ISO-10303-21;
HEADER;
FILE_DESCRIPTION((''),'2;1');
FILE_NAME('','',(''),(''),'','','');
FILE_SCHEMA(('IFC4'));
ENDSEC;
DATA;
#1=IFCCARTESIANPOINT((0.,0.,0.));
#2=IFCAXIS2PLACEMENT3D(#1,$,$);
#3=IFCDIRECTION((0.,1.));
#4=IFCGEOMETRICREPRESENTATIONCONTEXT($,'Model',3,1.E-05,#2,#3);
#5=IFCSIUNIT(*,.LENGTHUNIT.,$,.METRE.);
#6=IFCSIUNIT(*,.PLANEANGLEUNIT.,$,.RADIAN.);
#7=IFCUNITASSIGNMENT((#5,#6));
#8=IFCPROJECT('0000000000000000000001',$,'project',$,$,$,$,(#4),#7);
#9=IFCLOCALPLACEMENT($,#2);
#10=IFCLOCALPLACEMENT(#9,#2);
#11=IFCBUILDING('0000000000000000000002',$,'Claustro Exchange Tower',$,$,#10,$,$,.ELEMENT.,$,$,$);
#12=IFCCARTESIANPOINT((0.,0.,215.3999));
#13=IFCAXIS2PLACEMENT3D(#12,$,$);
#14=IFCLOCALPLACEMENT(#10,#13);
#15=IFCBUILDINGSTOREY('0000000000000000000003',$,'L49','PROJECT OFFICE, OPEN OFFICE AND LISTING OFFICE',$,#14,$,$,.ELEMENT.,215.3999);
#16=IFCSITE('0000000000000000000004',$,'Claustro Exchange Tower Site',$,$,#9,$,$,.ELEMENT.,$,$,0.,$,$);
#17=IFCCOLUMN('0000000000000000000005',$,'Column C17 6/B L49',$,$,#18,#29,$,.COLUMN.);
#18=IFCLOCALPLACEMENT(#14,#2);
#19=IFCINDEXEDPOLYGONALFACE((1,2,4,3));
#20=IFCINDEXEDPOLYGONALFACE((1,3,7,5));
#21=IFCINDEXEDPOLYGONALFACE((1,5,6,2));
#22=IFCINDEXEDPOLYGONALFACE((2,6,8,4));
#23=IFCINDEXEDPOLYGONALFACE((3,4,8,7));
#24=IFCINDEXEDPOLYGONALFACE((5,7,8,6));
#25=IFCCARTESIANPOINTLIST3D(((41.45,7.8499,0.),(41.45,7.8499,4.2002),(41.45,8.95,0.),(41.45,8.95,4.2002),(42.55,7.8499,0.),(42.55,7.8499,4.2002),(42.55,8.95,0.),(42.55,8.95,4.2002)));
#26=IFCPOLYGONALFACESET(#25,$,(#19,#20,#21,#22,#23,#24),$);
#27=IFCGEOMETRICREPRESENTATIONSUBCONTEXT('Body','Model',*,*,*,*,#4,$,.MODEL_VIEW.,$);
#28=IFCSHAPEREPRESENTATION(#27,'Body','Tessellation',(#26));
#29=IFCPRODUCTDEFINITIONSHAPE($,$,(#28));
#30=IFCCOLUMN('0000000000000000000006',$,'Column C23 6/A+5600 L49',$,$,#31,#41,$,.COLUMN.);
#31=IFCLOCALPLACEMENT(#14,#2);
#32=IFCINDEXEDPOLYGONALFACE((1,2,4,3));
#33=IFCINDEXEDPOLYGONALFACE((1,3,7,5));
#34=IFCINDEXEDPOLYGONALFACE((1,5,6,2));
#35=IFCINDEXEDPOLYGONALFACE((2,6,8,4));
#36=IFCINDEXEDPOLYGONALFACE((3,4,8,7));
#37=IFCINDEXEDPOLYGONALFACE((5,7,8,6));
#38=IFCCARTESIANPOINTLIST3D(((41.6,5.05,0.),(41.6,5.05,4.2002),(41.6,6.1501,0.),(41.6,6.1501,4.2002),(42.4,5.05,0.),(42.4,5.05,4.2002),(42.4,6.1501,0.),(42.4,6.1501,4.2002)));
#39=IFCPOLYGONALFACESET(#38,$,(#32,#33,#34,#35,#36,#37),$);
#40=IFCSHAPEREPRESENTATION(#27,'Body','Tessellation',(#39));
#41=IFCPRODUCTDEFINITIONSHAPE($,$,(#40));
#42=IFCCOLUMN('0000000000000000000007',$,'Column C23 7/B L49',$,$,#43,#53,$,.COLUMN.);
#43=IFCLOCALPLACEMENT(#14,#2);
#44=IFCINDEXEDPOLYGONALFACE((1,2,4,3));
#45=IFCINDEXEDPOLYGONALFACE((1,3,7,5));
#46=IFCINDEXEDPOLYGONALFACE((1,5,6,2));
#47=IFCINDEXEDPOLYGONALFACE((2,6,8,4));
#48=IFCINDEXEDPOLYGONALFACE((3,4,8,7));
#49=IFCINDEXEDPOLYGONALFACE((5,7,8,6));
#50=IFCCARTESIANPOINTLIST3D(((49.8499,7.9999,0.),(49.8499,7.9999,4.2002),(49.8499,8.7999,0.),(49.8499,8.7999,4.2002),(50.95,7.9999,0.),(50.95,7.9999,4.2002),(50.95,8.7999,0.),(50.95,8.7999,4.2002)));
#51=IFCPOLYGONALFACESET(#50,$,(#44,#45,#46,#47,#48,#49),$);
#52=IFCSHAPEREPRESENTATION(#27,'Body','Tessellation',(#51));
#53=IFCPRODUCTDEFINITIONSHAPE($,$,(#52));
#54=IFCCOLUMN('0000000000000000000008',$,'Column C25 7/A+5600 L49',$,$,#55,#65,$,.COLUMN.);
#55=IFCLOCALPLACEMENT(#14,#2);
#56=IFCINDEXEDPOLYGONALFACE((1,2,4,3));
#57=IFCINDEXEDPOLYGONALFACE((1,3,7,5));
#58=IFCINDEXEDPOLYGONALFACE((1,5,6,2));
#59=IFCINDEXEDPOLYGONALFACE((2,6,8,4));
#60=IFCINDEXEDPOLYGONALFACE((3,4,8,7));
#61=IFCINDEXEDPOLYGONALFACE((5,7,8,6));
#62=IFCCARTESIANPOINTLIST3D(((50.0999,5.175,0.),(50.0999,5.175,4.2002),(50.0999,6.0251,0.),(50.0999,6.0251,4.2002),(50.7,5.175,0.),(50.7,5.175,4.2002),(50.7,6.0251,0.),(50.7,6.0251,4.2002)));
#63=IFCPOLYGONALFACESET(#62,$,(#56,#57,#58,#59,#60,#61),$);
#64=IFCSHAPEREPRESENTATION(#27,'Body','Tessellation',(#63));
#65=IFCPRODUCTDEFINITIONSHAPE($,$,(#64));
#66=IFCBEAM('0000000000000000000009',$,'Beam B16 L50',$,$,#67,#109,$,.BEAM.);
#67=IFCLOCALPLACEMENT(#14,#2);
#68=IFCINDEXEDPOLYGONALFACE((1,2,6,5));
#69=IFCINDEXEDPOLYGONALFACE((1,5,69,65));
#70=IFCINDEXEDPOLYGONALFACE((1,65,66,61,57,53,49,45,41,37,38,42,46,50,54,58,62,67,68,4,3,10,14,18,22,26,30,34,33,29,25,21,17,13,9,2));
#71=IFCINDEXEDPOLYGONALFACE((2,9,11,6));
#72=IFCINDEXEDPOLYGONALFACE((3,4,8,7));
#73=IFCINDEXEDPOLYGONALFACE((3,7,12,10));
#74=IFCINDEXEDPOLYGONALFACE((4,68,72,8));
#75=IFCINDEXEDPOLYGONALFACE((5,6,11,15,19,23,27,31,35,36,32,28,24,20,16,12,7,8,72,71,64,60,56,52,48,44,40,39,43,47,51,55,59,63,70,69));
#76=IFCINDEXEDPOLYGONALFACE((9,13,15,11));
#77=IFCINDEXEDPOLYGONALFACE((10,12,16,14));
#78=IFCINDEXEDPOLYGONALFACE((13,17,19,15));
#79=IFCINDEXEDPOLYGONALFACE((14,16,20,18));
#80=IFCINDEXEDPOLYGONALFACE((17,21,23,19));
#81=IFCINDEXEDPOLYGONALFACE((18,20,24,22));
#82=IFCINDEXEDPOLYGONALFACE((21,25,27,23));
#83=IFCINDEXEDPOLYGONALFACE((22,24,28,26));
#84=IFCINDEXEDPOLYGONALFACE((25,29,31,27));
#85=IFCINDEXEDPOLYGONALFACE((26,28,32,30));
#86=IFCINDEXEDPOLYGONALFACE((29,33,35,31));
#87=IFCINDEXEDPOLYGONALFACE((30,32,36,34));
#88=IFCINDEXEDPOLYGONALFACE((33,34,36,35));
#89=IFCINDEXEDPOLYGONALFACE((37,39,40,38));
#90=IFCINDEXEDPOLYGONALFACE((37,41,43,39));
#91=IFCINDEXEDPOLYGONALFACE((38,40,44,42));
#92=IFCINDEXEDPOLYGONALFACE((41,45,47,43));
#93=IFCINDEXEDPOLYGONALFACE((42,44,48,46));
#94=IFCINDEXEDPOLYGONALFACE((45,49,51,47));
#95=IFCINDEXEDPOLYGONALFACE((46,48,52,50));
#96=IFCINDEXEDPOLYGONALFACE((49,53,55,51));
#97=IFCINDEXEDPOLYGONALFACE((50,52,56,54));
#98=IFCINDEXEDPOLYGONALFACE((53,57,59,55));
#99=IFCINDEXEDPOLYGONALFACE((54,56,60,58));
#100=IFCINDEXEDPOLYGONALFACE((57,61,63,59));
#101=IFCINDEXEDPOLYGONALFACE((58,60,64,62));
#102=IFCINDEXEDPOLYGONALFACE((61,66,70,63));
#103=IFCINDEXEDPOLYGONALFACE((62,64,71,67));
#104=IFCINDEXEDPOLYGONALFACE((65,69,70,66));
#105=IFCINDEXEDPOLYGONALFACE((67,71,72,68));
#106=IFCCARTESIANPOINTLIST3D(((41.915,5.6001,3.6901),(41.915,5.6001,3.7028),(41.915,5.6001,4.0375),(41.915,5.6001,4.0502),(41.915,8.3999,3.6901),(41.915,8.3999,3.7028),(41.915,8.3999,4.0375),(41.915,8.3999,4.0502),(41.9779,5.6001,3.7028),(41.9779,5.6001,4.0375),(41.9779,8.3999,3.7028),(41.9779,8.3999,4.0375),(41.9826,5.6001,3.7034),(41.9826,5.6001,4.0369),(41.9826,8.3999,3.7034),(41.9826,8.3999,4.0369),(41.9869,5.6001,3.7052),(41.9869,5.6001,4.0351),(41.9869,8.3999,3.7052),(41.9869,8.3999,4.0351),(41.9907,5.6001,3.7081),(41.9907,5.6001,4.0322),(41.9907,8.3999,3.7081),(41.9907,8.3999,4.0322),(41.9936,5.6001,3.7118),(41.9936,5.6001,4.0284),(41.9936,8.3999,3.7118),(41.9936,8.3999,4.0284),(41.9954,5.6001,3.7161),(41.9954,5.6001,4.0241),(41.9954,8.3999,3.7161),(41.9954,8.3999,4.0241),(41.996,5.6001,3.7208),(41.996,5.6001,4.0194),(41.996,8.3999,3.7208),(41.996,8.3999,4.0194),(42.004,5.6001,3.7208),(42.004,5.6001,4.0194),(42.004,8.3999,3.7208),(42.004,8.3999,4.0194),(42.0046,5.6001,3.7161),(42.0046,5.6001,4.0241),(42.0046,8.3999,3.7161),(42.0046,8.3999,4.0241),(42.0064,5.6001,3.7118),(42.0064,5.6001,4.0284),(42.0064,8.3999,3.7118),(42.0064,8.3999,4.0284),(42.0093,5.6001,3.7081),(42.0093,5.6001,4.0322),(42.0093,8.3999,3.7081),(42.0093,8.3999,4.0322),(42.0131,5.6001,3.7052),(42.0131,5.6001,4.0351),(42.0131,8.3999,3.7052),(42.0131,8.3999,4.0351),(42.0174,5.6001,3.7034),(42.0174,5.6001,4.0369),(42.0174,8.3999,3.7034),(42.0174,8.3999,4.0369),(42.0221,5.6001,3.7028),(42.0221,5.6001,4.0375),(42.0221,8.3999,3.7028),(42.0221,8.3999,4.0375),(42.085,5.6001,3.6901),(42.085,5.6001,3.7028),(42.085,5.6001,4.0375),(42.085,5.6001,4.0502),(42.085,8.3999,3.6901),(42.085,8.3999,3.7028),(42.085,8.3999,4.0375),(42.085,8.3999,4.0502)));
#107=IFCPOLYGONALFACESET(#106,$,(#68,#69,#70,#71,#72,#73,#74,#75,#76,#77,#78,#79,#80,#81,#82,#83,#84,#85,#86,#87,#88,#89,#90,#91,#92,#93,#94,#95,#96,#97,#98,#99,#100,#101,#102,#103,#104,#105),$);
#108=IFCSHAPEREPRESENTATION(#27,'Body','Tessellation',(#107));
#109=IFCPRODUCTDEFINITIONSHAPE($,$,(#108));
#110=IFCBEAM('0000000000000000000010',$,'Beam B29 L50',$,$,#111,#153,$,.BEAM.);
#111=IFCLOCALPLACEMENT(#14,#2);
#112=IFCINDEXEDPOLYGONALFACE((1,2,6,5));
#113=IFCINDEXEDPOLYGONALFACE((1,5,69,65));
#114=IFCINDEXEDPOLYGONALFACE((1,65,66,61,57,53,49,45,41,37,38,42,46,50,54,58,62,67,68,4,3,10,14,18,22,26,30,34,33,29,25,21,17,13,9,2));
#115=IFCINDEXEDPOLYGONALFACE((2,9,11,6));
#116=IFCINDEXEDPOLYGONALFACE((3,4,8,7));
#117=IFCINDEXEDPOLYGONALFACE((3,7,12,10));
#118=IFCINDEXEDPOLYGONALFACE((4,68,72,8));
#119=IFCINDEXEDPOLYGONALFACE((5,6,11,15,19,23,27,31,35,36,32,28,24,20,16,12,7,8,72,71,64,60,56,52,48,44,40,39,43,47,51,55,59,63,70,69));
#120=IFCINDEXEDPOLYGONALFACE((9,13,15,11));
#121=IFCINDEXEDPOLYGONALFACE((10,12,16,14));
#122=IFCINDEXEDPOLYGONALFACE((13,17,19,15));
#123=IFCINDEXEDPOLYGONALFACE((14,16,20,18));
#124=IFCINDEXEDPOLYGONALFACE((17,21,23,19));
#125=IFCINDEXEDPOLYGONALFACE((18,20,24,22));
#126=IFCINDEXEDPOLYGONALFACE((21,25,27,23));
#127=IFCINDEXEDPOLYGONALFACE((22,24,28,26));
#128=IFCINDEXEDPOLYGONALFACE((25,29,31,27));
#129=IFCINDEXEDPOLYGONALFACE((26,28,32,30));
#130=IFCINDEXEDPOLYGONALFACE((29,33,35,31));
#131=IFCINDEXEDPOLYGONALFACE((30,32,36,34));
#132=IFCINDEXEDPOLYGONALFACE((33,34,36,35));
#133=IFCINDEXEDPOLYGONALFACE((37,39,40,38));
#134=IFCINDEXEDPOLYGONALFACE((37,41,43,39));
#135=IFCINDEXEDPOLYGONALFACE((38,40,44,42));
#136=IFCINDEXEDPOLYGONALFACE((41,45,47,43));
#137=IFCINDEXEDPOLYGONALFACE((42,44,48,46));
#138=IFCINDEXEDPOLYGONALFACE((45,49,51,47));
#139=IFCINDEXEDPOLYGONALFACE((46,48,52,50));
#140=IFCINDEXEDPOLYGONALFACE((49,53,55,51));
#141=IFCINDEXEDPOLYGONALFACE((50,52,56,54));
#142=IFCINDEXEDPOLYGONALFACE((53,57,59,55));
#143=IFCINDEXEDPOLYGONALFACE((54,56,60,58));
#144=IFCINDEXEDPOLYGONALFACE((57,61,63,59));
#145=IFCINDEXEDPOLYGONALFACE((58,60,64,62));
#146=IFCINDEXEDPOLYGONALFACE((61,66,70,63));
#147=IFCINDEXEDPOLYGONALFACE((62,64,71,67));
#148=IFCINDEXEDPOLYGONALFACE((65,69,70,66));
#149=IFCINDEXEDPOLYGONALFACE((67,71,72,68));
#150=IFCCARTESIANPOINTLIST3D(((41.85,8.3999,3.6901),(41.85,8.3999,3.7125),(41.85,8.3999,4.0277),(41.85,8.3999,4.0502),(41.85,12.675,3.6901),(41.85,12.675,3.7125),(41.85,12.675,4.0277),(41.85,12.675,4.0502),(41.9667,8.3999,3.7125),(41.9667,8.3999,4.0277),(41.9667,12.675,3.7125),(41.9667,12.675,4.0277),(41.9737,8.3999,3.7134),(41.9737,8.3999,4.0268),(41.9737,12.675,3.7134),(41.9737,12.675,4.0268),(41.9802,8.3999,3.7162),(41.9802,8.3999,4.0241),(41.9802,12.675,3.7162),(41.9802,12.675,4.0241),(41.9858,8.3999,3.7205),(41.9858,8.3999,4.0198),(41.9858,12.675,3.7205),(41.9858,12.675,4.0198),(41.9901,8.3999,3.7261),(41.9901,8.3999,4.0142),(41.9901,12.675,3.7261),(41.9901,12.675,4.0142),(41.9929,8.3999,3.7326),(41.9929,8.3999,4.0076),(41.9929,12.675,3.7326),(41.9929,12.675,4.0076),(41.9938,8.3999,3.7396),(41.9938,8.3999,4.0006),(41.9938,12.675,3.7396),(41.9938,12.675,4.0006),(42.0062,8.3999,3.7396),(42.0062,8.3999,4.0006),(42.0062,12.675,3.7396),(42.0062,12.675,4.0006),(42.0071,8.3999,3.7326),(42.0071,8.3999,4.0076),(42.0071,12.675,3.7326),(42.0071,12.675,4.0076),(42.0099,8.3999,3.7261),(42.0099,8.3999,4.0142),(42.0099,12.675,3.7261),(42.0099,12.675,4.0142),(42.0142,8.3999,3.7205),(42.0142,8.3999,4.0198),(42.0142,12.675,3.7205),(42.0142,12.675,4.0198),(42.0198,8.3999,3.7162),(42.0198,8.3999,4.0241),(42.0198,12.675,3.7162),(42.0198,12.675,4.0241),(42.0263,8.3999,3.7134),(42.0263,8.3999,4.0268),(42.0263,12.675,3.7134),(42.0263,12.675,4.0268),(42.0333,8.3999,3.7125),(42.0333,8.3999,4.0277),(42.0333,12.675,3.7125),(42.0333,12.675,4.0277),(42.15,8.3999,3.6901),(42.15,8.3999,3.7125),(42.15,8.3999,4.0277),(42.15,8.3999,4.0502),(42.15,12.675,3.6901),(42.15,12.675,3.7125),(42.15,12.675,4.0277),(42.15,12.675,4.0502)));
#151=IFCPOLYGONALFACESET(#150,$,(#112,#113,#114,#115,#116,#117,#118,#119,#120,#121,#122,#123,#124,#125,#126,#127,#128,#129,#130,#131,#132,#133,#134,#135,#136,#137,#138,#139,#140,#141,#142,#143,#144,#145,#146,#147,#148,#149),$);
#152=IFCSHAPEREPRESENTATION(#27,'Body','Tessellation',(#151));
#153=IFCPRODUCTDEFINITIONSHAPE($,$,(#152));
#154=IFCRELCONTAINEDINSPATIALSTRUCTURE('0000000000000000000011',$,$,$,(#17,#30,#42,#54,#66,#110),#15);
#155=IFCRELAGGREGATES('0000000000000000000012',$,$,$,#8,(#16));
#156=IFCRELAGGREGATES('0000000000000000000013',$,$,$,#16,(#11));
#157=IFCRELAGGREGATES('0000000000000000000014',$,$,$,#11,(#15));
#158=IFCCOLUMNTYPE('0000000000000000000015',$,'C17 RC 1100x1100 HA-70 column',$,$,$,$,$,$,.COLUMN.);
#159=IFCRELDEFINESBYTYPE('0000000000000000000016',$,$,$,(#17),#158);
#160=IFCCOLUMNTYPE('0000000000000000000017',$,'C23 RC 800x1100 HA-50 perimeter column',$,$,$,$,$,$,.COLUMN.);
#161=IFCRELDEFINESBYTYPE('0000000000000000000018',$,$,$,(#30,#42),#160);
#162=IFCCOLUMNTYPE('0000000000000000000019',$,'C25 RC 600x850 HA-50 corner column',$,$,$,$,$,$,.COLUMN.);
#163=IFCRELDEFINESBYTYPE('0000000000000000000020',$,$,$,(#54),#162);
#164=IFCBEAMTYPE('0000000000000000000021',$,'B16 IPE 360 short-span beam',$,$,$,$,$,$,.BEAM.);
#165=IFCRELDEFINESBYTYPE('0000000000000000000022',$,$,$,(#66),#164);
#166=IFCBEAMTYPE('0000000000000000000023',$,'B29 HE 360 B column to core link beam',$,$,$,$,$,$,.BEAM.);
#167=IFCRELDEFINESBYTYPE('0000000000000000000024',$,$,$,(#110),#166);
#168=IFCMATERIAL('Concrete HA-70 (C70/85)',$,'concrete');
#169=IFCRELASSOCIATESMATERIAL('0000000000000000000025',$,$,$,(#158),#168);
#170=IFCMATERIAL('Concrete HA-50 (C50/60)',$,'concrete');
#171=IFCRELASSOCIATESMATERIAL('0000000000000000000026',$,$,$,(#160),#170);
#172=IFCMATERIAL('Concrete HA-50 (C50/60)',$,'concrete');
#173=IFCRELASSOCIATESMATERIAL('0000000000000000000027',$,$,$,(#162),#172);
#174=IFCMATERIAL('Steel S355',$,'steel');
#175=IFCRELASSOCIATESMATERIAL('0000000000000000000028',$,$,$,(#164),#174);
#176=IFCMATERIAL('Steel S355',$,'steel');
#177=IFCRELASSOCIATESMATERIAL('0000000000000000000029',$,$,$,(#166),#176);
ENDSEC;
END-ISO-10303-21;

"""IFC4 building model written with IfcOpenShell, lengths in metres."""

from ifc_helpers import new_model, si_unit, direction, frame, origin, origin_2d, place, context, subcontext, project, spatial, rectangle, i_section, extrude, material, material_profile, profile_set, type_object, element, save


model = new_model("IFC4")

# Units and contexts
model_context = context("Model", 3, precision=1e-05, world=origin(), true_north=direction((0.0, 1.0)))
body_context = subcontext(model_context, "Body", "Model", "MODEL_VIEW")
ifc_project = project(units=[si_unit("LENGTHUNIT", "METRE"), si_unit("PLANEANGLEUNIT", "RADIAN")], contexts=[model_context])

# Site, building, storey
site_placement = place(None, origin())
site = spatial("IfcSite", under=ifc_project, at=site_placement, Name="Claustro Exchange Tower Site", CompositionType="ELEMENT", RefElevation=0.0)
building_placement = place(site_placement, origin())
building = spatial("IfcBuilding", under=site, at=building_placement, Name="Claustro Exchange Tower", CompositionType="ELEMENT")
storey_placement = place(building_placement, frame((0.0, 0.0, 215.3999)))
storey = spatial("IfcBuildingStorey", under=building, at=storey_placement, Name="L49", Description="PROJECT OFFICE, OPEN OFFICE AND LISTING OFFICE", CompositionType="ELEMENT", Elevation=215.3999)

# Columns
ifc_material_1 = material(Name="Concrete HA-70 (C70/85)", Category="concrete")
ifc_material_profile_1 = material_profile(ifc_material_1, rectangle(XDim=1.1001, YDim=1.1001, at=origin_2d()), Name="RC 1100x1100")
ifc_profile_set_1 = profile_set([ifc_material_profile_1], Name="Concrete HA-70 (C70/85)")
column_type_1 = type_object("IfcColumnType", Name="C17 RC 1100x1100 HA-70 column", PredefinedType="COLUMN", material=ifc_profile_set_1)
column_1_placement = place(storey_placement, frame((42.0, 8.3999, 0.0), z_axis=(0.0, 0.0, 1.0), x_axis=(1.0, 0.0, 0.0)))
element("IfcColumn", 1, at=column_1_placement, inside=storey, type_object=column_type_1, Name="Column C17 6/B L49", PredefinedType="COLUMN", context=body_context, shape_type="SweptSolid", body=[
    extrude(rectangle(XDim=1.1001, YDim=1.1001, at=origin_2d()), origin(), (0.0, 0.0, 1.0), 4.2002),
])
ifc_material_2 = material(Name="Concrete HA-50 (C50/60)", Category="concrete")
ifc_material_profile_2 = material_profile(ifc_material_2, rectangle(XDim=0.8, YDim=1.1001, at=origin_2d()), Name="RC 800x1100")
ifc_profile_set_2 = profile_set([ifc_material_profile_2], Name="Concrete HA-50 (C50/60)")
column_type_2 = type_object("IfcColumnType", Name="C23 RC 800x1100 HA-50 perimeter column", PredefinedType="COLUMN", material=ifc_profile_set_2)
for number, where, z_axis, x_axis, name in (
    (2, (42.0, 5.6001, 0.0), (0.0, 0.0, 1.0), (1.0, 0.0, 0.0), "Column C23 6/A+5600 L49"),
    (3, (50.3999, 8.3999, 0.0), (0.0, 0.0, 1.0), (0.0, 1.0, 0.0), "Column C23 7/B L49"),
):
    element("IfcColumn", number, at=place(storey_placement, frame(where, z_axis=z_axis, x_axis=x_axis)), inside=storey, type_object=column_type_2, Name=name, PredefinedType="COLUMN", context=body_context, shape_type="SweptSolid", body=[
        extrude(rectangle(XDim=0.8, YDim=1.1001, at=origin_2d()), origin(), (0.0, 0.0, 1.0), 4.2002),
    ])
ifc_material_3 = material(Name="Concrete HA-50 (C50/60)", Category="concrete")
ifc_material_profile_3 = material_profile(ifc_material_3, rectangle(XDim=0.6001, YDim=0.8501, at=origin_2d()), Name="RC 600x850")
ifc_profile_set_3 = profile_set([ifc_material_profile_3], Name="Concrete HA-50 (C50/60)")
column_type_3 = type_object("IfcColumnType", Name="C25 RC 600x850 HA-50 corner column", PredefinedType="COLUMN", material=ifc_profile_set_3)
column_2_placement = place(storey_placement, frame((50.3999, 5.6001, 0.0), z_axis=(0.0, 0.0, 1.0), x_axis=(1.0, 0.0, 0.0)))
element("IfcColumn", 4, at=column_2_placement, inside=storey, type_object=column_type_3, Name="Column C25 7/A+5600 L49", PredefinedType="COLUMN", context=body_context, shape_type="SweptSolid", body=[
    extrude(rectangle(XDim=0.6001, YDim=0.8501, at=origin_2d()), origin(), (0.0, 0.0, 1.0), 4.2002),
])

# Beams
ifc_material_4 = material(Name="Steel S355", Category="steel")
ifc_material_profile_4 = material_profile(ifc_material_4, i_section(OverallWidth=0.1699, OverallDepth=0.3601, WebThickness=0.0081, FlangeThickness=0.0127, FilletRadius=0.0181, at=origin_2d()), Name="IPE 360")
ifc_profile_set_4 = profile_set([ifc_material_profile_4], Name="Steel S355")
beam_type_1 = type_object("IfcBeamType", Name="B16 IPE 360 short-span beam", PredefinedType="BEAM", material=ifc_profile_set_4)
beam_1_placement = place(storey_placement, frame((42.0, 5.6001, 3.8701), z_axis=(0.0, 1.0, 0.0), x_axis=(-1.0, 0.0, 0.0)))
element("IfcBeam", 5, at=beam_1_placement, inside=storey, type_object=beam_type_1, Name="Beam B16 L50", PredefinedType="BEAM", context=body_context, shape_type="SweptSolid", body=[
    extrude(i_section(OverallWidth=0.1699, OverallDepth=0.3601, WebThickness=0.0081, FlangeThickness=0.0127, FilletRadius=0.0181, at=origin_2d()), origin(), (0.0, 0.0, 1.0), 2.7998),
])
ifc_material_5 = material(Name="Steel S355", Category="steel")
ifc_material_profile_5 = material_profile(ifc_material_5, i_section(OverallWidth=0.3, OverallDepth=0.3601, WebThickness=0.0125, FlangeThickness=0.0225, FilletRadius=0.0271, at=origin_2d()), Name="HE 360 B")
ifc_profile_set_5 = profile_set([ifc_material_profile_5], Name="Steel S355")
beam_type_2 = type_object("IfcBeamType", Name="B29 HE 360 B column to core link beam", PredefinedType="BEAM", material=ifc_profile_set_5)
beam_2_placement = place(storey_placement, frame((42.0, 8.3999, 3.8701), z_axis=(0.0, 1.0, 0.0), x_axis=(-1.0, 0.0, 0.0)))
element("IfcBeam", 6, at=beam_2_placement, inside=storey, type_object=beam_type_2, Name="Beam B29 L50", PredefinedType="BEAM", context=body_context, shape_type="SweptSolid", body=[
    extrude(i_section(OverallWidth=0.3, OverallDepth=0.3601, WebThickness=0.0125, FlangeThickness=0.0225, FilletRadius=0.0271, at=origin_2d()), origin(), (0.0, 0.0, 1.0), 4.2751),
])

save(model, "model.ifc")
